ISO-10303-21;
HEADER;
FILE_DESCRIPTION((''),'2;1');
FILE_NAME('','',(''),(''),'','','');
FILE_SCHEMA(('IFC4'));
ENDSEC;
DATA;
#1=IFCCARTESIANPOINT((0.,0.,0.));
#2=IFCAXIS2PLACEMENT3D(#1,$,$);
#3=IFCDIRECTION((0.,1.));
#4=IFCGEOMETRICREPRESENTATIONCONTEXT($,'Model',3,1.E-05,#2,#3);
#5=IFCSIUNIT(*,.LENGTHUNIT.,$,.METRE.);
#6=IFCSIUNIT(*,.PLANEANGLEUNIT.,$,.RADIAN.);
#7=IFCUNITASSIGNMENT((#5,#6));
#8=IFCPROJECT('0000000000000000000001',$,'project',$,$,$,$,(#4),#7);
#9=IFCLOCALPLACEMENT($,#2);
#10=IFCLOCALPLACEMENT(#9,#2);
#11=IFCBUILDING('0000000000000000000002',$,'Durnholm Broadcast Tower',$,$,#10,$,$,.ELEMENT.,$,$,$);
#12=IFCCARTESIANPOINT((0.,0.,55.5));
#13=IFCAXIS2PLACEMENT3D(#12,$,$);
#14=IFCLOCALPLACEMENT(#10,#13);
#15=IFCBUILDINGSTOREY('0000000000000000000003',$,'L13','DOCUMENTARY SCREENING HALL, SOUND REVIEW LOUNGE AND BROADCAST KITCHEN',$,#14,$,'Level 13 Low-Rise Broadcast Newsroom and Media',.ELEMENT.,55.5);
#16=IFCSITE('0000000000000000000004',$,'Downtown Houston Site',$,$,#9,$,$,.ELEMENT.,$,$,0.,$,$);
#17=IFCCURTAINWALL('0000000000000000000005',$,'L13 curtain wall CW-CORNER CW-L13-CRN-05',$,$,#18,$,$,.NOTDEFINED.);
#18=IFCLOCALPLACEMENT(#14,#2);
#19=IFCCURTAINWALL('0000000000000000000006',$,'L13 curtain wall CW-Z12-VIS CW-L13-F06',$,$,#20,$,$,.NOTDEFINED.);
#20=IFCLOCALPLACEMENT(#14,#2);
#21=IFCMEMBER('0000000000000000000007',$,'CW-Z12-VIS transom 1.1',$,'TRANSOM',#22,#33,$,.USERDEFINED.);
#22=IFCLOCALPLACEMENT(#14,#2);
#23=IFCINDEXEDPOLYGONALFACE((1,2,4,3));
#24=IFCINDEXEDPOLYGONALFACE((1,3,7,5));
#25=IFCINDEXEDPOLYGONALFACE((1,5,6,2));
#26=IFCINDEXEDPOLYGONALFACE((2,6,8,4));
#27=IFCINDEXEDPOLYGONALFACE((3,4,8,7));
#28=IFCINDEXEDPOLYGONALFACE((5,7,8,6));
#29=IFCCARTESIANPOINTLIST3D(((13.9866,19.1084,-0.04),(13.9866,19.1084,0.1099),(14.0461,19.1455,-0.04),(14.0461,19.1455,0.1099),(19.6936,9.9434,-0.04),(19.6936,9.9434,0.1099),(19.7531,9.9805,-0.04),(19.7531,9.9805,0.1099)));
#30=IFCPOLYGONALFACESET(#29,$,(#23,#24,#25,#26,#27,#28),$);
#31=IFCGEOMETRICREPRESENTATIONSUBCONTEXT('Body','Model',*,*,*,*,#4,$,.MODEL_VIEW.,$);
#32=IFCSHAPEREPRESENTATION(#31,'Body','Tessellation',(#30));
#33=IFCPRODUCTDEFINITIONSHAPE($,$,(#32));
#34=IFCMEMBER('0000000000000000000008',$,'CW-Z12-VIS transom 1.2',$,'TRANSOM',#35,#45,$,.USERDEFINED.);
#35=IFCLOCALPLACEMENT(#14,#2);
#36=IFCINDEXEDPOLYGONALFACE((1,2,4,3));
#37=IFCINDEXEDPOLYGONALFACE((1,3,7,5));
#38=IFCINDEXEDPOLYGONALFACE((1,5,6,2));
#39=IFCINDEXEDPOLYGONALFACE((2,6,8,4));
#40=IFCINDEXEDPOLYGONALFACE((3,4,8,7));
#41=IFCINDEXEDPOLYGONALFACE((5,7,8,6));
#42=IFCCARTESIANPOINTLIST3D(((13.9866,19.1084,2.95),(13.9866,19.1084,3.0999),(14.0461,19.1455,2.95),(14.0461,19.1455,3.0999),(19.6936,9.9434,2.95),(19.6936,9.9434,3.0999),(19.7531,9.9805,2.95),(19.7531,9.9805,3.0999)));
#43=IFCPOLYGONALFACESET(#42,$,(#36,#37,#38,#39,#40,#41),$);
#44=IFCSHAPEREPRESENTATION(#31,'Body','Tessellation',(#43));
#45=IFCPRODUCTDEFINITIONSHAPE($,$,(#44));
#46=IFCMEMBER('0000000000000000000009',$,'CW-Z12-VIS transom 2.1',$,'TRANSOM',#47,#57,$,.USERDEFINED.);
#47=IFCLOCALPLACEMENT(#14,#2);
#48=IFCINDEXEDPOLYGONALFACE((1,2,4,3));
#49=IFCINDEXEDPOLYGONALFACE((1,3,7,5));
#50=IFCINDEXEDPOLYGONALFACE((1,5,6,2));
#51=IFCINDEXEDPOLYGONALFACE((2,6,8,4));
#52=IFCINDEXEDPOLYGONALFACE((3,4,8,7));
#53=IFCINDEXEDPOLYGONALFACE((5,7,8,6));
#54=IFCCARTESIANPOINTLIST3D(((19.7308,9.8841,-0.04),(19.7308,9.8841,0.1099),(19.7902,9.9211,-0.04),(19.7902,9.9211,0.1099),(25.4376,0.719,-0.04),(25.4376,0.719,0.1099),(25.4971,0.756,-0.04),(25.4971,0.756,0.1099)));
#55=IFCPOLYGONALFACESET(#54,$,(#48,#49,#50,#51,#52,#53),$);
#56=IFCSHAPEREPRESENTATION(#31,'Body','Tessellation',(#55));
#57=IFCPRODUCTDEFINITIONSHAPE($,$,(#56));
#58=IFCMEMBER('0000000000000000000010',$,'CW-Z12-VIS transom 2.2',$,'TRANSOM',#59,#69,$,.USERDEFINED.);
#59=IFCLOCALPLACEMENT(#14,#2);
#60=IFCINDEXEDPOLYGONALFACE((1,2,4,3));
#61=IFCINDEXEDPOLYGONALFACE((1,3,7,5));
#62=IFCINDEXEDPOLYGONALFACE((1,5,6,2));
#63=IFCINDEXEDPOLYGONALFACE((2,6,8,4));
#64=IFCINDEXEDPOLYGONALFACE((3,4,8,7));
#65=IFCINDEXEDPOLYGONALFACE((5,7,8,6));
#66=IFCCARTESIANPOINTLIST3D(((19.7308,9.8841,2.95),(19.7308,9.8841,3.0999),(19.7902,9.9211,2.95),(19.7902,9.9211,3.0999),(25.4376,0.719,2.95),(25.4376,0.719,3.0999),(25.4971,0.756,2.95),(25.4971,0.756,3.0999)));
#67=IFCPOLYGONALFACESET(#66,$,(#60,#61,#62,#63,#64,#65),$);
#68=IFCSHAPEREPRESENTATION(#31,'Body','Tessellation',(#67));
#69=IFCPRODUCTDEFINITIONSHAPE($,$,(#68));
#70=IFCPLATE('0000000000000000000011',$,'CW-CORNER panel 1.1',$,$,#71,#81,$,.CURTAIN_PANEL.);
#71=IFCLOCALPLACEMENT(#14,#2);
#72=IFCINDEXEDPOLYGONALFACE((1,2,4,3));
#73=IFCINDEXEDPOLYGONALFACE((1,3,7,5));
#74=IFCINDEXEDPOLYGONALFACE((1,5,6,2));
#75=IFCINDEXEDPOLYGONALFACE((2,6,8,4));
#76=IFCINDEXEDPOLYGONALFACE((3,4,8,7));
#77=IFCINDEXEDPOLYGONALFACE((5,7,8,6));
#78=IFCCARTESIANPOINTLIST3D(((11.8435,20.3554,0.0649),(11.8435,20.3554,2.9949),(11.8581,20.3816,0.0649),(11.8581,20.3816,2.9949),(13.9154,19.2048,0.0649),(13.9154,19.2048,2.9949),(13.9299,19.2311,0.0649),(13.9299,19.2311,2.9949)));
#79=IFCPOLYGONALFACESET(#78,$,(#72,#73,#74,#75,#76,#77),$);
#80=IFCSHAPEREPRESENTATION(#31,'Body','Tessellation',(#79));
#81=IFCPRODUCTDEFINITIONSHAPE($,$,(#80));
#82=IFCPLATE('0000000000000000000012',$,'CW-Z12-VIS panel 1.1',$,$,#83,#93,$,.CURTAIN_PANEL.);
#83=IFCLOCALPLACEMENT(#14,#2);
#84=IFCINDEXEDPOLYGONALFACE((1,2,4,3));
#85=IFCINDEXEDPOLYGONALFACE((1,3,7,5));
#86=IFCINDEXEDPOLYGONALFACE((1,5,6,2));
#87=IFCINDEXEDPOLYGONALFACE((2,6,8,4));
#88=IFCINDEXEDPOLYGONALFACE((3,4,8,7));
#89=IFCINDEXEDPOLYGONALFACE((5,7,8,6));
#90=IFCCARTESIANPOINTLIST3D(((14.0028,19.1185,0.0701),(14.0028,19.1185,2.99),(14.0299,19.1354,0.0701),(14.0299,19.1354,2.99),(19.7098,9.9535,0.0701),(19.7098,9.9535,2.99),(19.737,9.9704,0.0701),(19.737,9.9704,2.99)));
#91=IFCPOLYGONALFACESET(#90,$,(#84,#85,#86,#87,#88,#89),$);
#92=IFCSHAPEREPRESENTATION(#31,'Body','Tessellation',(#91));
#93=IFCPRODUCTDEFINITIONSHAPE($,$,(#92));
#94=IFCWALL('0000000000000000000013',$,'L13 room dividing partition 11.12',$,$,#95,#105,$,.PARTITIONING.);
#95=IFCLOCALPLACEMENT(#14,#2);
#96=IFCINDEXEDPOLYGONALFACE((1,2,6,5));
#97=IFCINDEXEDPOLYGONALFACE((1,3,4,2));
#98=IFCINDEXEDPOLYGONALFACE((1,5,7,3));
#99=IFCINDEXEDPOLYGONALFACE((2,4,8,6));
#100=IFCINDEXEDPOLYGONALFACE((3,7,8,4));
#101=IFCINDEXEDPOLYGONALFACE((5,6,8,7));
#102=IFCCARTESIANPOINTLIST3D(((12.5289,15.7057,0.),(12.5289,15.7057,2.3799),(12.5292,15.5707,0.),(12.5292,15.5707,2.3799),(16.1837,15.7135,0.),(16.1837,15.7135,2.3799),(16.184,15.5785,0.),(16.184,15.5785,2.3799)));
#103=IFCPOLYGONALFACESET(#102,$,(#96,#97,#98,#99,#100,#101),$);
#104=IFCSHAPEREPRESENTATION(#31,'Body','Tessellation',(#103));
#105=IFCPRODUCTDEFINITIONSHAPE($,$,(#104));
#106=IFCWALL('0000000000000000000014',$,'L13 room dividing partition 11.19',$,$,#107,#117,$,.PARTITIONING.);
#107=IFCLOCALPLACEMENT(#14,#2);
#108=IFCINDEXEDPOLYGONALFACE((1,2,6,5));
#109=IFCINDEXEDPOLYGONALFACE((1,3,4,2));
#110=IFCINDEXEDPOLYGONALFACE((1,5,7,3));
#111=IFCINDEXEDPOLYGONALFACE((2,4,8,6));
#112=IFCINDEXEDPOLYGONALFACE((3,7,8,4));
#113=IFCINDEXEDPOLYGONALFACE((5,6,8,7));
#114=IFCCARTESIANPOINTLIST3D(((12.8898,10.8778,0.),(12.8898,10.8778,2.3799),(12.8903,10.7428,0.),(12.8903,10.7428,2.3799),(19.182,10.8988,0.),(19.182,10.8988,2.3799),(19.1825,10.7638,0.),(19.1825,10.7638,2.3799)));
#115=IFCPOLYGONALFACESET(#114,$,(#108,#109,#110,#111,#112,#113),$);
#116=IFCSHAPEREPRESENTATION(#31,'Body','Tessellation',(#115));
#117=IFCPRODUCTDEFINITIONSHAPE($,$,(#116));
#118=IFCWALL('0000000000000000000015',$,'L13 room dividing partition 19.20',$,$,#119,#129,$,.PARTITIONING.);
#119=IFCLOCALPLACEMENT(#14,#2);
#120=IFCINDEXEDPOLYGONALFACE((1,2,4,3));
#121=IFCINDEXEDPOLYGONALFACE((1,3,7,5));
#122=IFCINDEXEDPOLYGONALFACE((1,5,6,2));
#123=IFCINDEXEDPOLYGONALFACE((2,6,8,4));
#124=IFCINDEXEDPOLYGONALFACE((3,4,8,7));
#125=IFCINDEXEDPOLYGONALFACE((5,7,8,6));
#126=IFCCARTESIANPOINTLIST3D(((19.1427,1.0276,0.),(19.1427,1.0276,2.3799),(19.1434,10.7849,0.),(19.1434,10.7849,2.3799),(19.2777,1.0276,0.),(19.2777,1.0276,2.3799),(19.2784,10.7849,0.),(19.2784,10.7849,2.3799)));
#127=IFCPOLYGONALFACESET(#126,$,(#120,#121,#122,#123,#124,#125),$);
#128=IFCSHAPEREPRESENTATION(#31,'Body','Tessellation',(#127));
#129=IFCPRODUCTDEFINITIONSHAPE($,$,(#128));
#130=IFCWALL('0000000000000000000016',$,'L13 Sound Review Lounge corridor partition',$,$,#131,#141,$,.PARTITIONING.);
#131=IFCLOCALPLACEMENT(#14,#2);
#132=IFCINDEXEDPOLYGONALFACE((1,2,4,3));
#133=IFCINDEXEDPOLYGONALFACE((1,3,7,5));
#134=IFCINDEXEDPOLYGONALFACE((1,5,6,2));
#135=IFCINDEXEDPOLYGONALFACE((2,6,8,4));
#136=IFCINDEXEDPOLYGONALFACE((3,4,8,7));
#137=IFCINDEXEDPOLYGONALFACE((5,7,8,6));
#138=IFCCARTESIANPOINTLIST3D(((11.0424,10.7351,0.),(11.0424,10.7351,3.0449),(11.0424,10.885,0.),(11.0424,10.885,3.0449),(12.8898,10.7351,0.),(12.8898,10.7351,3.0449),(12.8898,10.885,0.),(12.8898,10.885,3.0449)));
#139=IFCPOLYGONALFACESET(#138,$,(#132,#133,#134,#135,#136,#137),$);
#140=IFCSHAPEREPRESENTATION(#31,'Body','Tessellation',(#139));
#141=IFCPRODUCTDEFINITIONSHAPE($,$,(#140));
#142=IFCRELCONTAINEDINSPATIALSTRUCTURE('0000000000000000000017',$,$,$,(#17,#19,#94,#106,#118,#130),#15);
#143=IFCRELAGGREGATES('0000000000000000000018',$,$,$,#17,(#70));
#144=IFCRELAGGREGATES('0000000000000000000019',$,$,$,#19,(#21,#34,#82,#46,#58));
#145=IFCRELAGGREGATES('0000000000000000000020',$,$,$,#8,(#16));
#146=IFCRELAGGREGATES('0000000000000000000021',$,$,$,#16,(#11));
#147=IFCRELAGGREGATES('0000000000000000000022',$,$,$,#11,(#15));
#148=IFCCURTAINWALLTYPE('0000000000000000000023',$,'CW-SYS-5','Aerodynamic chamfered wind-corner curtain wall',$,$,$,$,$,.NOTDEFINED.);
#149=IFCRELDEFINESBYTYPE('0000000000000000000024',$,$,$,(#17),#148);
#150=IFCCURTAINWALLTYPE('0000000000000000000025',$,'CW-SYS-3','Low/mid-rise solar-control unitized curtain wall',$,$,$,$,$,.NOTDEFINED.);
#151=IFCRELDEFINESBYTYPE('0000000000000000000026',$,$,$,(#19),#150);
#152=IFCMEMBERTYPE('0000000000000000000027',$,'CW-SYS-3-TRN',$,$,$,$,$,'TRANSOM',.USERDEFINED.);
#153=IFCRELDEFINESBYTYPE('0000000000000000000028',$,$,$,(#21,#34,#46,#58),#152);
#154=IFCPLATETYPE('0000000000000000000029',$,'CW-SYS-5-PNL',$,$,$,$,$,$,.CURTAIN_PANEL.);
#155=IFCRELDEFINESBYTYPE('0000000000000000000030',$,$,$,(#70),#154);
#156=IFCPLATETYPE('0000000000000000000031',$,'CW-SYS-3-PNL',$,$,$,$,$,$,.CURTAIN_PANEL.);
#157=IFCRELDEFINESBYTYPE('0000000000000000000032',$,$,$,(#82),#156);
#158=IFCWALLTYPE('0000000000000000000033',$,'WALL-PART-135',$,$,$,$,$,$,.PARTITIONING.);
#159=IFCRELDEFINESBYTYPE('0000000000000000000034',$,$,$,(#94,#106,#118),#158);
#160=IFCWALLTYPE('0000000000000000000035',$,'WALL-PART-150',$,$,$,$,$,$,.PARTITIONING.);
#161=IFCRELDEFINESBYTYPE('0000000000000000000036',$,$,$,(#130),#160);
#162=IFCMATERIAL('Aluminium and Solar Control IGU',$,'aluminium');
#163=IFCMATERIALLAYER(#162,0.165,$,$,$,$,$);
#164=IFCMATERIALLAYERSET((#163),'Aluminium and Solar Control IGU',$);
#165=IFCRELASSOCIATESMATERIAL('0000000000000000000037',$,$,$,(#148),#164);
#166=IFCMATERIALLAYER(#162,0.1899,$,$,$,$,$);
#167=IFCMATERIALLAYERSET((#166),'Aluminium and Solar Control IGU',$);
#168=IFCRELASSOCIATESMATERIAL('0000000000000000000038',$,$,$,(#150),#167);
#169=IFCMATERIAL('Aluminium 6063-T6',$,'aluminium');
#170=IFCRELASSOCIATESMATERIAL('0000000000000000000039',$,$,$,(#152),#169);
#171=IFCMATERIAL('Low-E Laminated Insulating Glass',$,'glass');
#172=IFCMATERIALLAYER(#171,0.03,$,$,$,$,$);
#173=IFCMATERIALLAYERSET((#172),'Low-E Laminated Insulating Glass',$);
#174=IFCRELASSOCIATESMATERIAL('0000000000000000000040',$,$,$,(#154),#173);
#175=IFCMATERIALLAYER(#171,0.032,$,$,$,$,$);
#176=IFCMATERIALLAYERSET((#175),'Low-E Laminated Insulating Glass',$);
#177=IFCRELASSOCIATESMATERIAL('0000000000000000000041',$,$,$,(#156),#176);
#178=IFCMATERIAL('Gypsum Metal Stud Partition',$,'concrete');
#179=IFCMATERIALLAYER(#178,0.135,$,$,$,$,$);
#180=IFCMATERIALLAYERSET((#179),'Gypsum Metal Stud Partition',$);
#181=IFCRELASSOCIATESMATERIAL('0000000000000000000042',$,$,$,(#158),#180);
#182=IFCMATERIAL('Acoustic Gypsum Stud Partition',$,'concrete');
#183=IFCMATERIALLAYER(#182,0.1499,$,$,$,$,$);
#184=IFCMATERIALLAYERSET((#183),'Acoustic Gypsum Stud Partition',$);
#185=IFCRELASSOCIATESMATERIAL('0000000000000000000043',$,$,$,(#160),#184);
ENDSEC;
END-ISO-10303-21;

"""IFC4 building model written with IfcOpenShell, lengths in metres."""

from ifc_helpers import new_model, si_unit, direction, frame, frame_2d, origin, origin_2d, place, context, subcontext, project, spatial, rectangle, extrude, source, transform, mapped, material, layer, layer_set, material_profile, profile_set, type_object, type_shapes, element, aggregate, save


model = new_model("IFC4")

# Units and contexts
model_context = context("Model", 3, precision=1e-05, world=origin(), true_north=direction((0.0, 1.0)))
body_context = subcontext(model_context, "Body", "Model", "MODEL_VIEW")
ifc_project = project(units=[si_unit("LENGTHUNIT", "METRE"), si_unit("PLANEANGLEUNIT", "RADIAN")], contexts=[model_context])

# Site, building, storey
site_placement = place(None, origin())
site = spatial("IfcSite", under=ifc_project, at=site_placement, Name="Downtown Houston Site", CompositionType="ELEMENT", RefElevation=0.0)
building_placement = place(site_placement, origin())
building = spatial("IfcBuilding", under=site, at=building_placement, Name="Durnholm Broadcast Tower", CompositionType="ELEMENT")
storey_placement = place(building_placement, frame((0.0, 0.0, 55.5)))
storey = spatial("IfcBuildingStorey", under=building, at=storey_placement, Name="L13", Description="DOCUMENTARY SCREENING HALL, SOUND REVIEW LOUNGE AND BROADCAST KITCHEN", LongName="Level 13 Low-Rise Broadcast Newsroom and Media", CompositionType="ELEMENT", Elevation=55.5)

# Curtain wall
ifc_material_1 = material(Name="Aluminium and Solar Control IGU", Category="aluminium")
ifc_layer_1 = layer(ifc_material_1, 0.165)
ifc_layer_set_1 = layer_set([ifc_layer_1], Name="Aluminium and Solar Control IGU")
curtain_wall_type_1 = type_object("IfcCurtainWallType", Name="CW-SYS-5", Description="Aerodynamic chamfered wind-corner curtain wall", PredefinedType="NOTDEFINED", material=ifc_layer_set_1)
curtain_wall_1_placement = place(storey_placement, origin())
curtain_wall_1 = element("IfcCurtainWall", 1, at=curtain_wall_1_placement, inside=storey, type_object=curtain_wall_type_1, Name="L13 curtain wall CW-CORNER CW-L13-CRN-05", PredefinedType="NOTDEFINED")
ifc_material_2 = material(Name="Aluminium 6063-T6", Category="aluminium")

# Curtain wall, members
ifc_layer_2 = layer(ifc_material_1, 0.1899)
ifc_layer_set_2 = layer_set([ifc_layer_2], Name="Aluminium and Solar Control IGU")
curtain_wall_type_2 = type_object("IfcCurtainWallType", Name="CW-SYS-3", Description="Low/mid-rise solar-control unitized curtain wall", PredefinedType="NOTDEFINED", material=ifc_layer_set_2)
curtain_wall_2_placement = place(storey_placement, origin())
curtain_wall_2 = element("IfcCurtainWall", 2, at=curtain_wall_2_placement, inside=storey, type_object=curtain_wall_type_2, Name="L13 curtain wall CW-Z12-VIS CW-L13-F06", PredefinedType="NOTDEFINED")
ifc_material_profile_1 = material_profile(ifc_material_2, rectangle(XDim=0.0701, YDim=0.1499, at=origin_2d()), Name="CWT70X150")
ifc_profile_set_1 = profile_set([ifc_material_profile_1], Name="Aluminium 6063-T6")
member_type_1 = type_object("IfcMemberType", Name="CW-SYS-3-TRN", ElementType="TRANSOM", PredefinedType="USERDEFINED", material=ifc_profile_set_1)
shared_shape_1 = source(origin(), body_context, "Body", "SweptSolid", [
    extrude(rectangle(XDim=0.0701, YDim=0.1499, at=origin_2d()), origin(), (0.0, 0.0, 1.0), 10.7966),
])
type_shapes(member_type_1, [shared_shape_1])
member_1_placement = place(storey_placement, frame((14.0164, 19.127, 0.0349), z_axis=(0.528592, -0.848876, 0.0), x_axis=(0.848876, 0.528592, 0.0)))
member_1 = element("IfcMember", 3, at=member_1_placement, type_object=member_type_1, Name="CW-Z12-VIS transom 1.1", ObjectType="TRANSOM", PredefinedType="USERDEFINED", context=body_context, shape_type="MappedRepresentation", body=[
    mapped(shared_shape_1, transform((0.0, 0.0, 0.0), x_axis=(1.0, 0.0, 0.0), y_axis=(0.0, 1.0, 0.0), z_axis=(0.0, 0.0, 1.0), scale=1.0)),
])
member_2_placement = place(storey_placement, frame((14.0164, 19.127, 3.0249), z_axis=(0.528592, -0.848876, 0.0), x_axis=(0.848876, 0.528592, 0.0)))
member_2 = element("IfcMember", 4, at=member_2_placement, type_object=member_type_1, Name="CW-Z12-VIS transom 1.2", ObjectType="TRANSOM", PredefinedType="USERDEFINED", context=body_context, shape_type="MappedRepresentation", body=[
    mapped(shared_shape_1, transform((0.0, 0.0, 0.0), x_axis=(1.0, 0.0, 0.0), y_axis=(0.0, 1.0, 0.0), z_axis=(0.0, 0.0, 1.0), scale=1.0)),
])
member_3_placement = place(storey_placement, frame((19.7605, 9.9026, 0.0349), z_axis=(0.528575, -0.848886, 0.0), x_axis=(0.848886, 0.528575, 0.0)))
member_3 = element("IfcMember", 5, at=member_3_placement, type_object=member_type_1, Name="CW-Z12-VIS transom 2.1", ObjectType="TRANSOM", PredefinedType="USERDEFINED", context=body_context, shape_type="MappedRepresentation", body=[
    mapped(shared_shape_1, transform((0.0, 0.0, 0.0), x_axis=(1.0, 0.0, 0.0), y_axis=(0.0, 1.0, 0.0), z_axis=(0.0, 0.0, 1.0), scale=1.0)),
])
member_4_placement = place(storey_placement, frame((19.7605, 9.9026, 3.0249), z_axis=(0.528575, -0.848886, 0.0), x_axis=(0.848886, 0.528575, 0.0)))
member_4 = element("IfcMember", 6, at=member_4_placement, type_object=member_type_1, Name="CW-Z12-VIS transom 2.2", ObjectType="TRANSOM", PredefinedType="USERDEFINED", context=body_context, shape_type="MappedRepresentation", body=[
    mapped(shared_shape_1, transform((0.0, 0.0, 0.0), x_axis=(1.0, 0.0, 0.0), y_axis=(0.0, 1.0, 0.0), z_axis=(0.0, 0.0, 1.0), scale=1.0)),
])

# Plates
ifc_material_3 = material(Name="Low-E Laminated Insulating Glass", Category="glass")
ifc_layer_3 = layer(ifc_material_3, 0.03)
ifc_layer_set_3 = layer_set([ifc_layer_3], Name="Low-E Laminated Insulating Glass")
plate_type_1 = type_object("IfcPlateType", Name="CW-SYS-5-PNL", PredefinedType="CURTAIN_PANEL", material=ifc_layer_set_3)
shared_shape_2 = source(origin(), body_context, "Body", "SweptSolid", [
    extrude(rectangle(XDim=2.3699, YDim=0.03, at=origin_2d()), origin(), (0.0, 0.0, 1.0), 2.9299),
])
type_shapes(plate_type_1, [shared_shape_2])
plate_1_placement = place(storey_placement, frame((12.8867, 19.7932, 0.0649), z_axis=(0.0, 0.0, 1.0), x_axis=(0.874246, -0.485483, 0.0)))
plate_1 = element("IfcPlate", 7, at=plate_1_placement, type_object=plate_type_1, Name="CW-CORNER panel 1.1", PredefinedType="CURTAIN_PANEL", context=body_context, shape_type="MappedRepresentation", body=[
    mapped(shared_shape_2, transform((0.0, 0.0, 0.0), x_axis=(1.0, 0.0, 0.0), y_axis=(0.0, 1.0, 0.0), z_axis=(0.0, 0.0, 1.0), scale=1.0)),
])
aggregate(curtain_wall_1, [plate_1])
ifc_layer_4 = layer(ifc_material_3, 0.032)
ifc_layer_set_4 = layer_set([ifc_layer_4], Name="Low-E Laminated Insulating Glass")
plate_type_2 = type_object("IfcPlateType", Name="CW-SYS-3-PNL", PredefinedType="CURTAIN_PANEL", material=ifc_layer_set_4)
shared_shape_3 = source(origin(), body_context, "Body", "SweptSolid", [
    extrude(rectangle(XDim=10.7966, YDim=0.032, at=origin_2d()), origin(), (0.0, 0.0, 1.0), 2.9199),
])
type_shapes(plate_type_2, [shared_shape_3])
plate_2_placement = place(storey_placement, frame((16.8699, 14.5444, 0.0701), z_axis=(0.0, 0.0, 1.0), x_axis=(0.528592, -0.848876, 0.0)))
plate_2 = element("IfcPlate", 8, at=plate_2_placement, type_object=plate_type_2, Name="CW-Z12-VIS panel 1.1", PredefinedType="CURTAIN_PANEL", context=body_context, shape_type="MappedRepresentation", body=[
    mapped(shared_shape_3, transform((0.0, 0.0, 0.0), x_axis=(1.0, 0.0, 0.0), y_axis=(0.0, 1.0, 0.0), z_axis=(0.0, 0.0, 1.0), scale=1.0)),
])
aggregate(curtain_wall_2, [member_1, member_2, plate_2, member_3, member_4])

# Walls
ifc_material_4 = material(Name="Gypsum Metal Stud Partition", Category="concrete")
ifc_layer_5 = layer(ifc_material_4, 0.135)
ifc_layer_set_5 = layer_set([ifc_layer_5], Name="Gypsum Metal Stud Partition")
wall_type_1 = type_object("IfcWallType", Name="WALL-PART-135", PredefinedType="PARTITIONING", material=ifc_layer_set_5)
wall_1_placement = place(storey_placement, frame((12.5291, 15.6382, 0.0), z_axis=(0.0, 0.0, 1.0), x_axis=(0.999998, 0.002138, 0.0)))
element("IfcWall", 9, at=wall_1_placement, inside=storey, type_object=wall_type_1, Name="L13 room dividing partition 11.12", PredefinedType="PARTITIONING", context=body_context, shape_type="SweptSolid", body=[
    extrude(rectangle(XDim=3.6548, YDim=0.135, at=frame_2d((1.8274, 0.0))), origin(), (0.0, 0.0, 1.0), 2.3799),
])
wall_2_placement = place(storey_placement, frame((19.1821, 10.8313, 0.0), z_axis=(0.0, 0.0, 1.0), x_axis=(-0.999994, -0.003337, 0.0)))
element("IfcWall", 10, at=wall_2_placement, inside=storey, type_object=wall_type_1, Name="L13 room dividing partition 11.19", PredefinedType="PARTITIONING", context=body_context, shape_type="SweptSolid", body=[
    extrude(rectangle(XDim=6.2922, YDim=0.135, at=frame_2d((3.146, 0.0))), origin(), (0.0, 0.0, 1.0), 2.3799),
])
wall_3_placement = place(storey_placement, frame((19.2109, 10.7849, 0.0), z_axis=(0.0, 0.0, 1.0), x_axis=(-0.000075, -1.0, 0.0)))
element("IfcWall", 11, at=wall_3_placement, inside=storey, type_object=wall_type_1, Name="L13 room dividing partition 19.20", PredefinedType="PARTITIONING", context=body_context, shape_type="SweptSolid", body=[
    extrude(rectangle(XDim=9.7573, YDim=0.135, at=frame_2d((4.8787, 0.0))), origin(), (0.0, 0.0, 1.0), 2.3799),
])
ifc_material_5 = material(Name="Acoustic Gypsum Stud Partition", Category="concrete")
ifc_layer_6 = layer(ifc_material_5, 0.1499)
ifc_layer_set_6 = layer_set([ifc_layer_6], Name="Acoustic Gypsum Stud Partition")
wall_type_2 = type_object("IfcWallType", Name="WALL-PART-150", PredefinedType="PARTITIONING", material=ifc_layer_set_6)
wall_4_placement = place(storey_placement, frame((12.8899, 10.8101, 0.0), z_axis=(0.0, 0.0, 1.0), x_axis=(-1.0, 0.0, 0.0)))
element("IfcWall", 12, at=wall_4_placement, inside=storey, type_object=wall_type_2, Name="L13 Sound Review Lounge corridor partition", PredefinedType="PARTITIONING", context=body_context, shape_type="SweptSolid", body=[
    extrude(rectangle(XDim=1.8474, YDim=0.1499, at=frame_2d((0.9238, 0.0))), origin(), (0.0, 0.0, 1.0), 3.0449),
])

save(model, "model.ifc")
